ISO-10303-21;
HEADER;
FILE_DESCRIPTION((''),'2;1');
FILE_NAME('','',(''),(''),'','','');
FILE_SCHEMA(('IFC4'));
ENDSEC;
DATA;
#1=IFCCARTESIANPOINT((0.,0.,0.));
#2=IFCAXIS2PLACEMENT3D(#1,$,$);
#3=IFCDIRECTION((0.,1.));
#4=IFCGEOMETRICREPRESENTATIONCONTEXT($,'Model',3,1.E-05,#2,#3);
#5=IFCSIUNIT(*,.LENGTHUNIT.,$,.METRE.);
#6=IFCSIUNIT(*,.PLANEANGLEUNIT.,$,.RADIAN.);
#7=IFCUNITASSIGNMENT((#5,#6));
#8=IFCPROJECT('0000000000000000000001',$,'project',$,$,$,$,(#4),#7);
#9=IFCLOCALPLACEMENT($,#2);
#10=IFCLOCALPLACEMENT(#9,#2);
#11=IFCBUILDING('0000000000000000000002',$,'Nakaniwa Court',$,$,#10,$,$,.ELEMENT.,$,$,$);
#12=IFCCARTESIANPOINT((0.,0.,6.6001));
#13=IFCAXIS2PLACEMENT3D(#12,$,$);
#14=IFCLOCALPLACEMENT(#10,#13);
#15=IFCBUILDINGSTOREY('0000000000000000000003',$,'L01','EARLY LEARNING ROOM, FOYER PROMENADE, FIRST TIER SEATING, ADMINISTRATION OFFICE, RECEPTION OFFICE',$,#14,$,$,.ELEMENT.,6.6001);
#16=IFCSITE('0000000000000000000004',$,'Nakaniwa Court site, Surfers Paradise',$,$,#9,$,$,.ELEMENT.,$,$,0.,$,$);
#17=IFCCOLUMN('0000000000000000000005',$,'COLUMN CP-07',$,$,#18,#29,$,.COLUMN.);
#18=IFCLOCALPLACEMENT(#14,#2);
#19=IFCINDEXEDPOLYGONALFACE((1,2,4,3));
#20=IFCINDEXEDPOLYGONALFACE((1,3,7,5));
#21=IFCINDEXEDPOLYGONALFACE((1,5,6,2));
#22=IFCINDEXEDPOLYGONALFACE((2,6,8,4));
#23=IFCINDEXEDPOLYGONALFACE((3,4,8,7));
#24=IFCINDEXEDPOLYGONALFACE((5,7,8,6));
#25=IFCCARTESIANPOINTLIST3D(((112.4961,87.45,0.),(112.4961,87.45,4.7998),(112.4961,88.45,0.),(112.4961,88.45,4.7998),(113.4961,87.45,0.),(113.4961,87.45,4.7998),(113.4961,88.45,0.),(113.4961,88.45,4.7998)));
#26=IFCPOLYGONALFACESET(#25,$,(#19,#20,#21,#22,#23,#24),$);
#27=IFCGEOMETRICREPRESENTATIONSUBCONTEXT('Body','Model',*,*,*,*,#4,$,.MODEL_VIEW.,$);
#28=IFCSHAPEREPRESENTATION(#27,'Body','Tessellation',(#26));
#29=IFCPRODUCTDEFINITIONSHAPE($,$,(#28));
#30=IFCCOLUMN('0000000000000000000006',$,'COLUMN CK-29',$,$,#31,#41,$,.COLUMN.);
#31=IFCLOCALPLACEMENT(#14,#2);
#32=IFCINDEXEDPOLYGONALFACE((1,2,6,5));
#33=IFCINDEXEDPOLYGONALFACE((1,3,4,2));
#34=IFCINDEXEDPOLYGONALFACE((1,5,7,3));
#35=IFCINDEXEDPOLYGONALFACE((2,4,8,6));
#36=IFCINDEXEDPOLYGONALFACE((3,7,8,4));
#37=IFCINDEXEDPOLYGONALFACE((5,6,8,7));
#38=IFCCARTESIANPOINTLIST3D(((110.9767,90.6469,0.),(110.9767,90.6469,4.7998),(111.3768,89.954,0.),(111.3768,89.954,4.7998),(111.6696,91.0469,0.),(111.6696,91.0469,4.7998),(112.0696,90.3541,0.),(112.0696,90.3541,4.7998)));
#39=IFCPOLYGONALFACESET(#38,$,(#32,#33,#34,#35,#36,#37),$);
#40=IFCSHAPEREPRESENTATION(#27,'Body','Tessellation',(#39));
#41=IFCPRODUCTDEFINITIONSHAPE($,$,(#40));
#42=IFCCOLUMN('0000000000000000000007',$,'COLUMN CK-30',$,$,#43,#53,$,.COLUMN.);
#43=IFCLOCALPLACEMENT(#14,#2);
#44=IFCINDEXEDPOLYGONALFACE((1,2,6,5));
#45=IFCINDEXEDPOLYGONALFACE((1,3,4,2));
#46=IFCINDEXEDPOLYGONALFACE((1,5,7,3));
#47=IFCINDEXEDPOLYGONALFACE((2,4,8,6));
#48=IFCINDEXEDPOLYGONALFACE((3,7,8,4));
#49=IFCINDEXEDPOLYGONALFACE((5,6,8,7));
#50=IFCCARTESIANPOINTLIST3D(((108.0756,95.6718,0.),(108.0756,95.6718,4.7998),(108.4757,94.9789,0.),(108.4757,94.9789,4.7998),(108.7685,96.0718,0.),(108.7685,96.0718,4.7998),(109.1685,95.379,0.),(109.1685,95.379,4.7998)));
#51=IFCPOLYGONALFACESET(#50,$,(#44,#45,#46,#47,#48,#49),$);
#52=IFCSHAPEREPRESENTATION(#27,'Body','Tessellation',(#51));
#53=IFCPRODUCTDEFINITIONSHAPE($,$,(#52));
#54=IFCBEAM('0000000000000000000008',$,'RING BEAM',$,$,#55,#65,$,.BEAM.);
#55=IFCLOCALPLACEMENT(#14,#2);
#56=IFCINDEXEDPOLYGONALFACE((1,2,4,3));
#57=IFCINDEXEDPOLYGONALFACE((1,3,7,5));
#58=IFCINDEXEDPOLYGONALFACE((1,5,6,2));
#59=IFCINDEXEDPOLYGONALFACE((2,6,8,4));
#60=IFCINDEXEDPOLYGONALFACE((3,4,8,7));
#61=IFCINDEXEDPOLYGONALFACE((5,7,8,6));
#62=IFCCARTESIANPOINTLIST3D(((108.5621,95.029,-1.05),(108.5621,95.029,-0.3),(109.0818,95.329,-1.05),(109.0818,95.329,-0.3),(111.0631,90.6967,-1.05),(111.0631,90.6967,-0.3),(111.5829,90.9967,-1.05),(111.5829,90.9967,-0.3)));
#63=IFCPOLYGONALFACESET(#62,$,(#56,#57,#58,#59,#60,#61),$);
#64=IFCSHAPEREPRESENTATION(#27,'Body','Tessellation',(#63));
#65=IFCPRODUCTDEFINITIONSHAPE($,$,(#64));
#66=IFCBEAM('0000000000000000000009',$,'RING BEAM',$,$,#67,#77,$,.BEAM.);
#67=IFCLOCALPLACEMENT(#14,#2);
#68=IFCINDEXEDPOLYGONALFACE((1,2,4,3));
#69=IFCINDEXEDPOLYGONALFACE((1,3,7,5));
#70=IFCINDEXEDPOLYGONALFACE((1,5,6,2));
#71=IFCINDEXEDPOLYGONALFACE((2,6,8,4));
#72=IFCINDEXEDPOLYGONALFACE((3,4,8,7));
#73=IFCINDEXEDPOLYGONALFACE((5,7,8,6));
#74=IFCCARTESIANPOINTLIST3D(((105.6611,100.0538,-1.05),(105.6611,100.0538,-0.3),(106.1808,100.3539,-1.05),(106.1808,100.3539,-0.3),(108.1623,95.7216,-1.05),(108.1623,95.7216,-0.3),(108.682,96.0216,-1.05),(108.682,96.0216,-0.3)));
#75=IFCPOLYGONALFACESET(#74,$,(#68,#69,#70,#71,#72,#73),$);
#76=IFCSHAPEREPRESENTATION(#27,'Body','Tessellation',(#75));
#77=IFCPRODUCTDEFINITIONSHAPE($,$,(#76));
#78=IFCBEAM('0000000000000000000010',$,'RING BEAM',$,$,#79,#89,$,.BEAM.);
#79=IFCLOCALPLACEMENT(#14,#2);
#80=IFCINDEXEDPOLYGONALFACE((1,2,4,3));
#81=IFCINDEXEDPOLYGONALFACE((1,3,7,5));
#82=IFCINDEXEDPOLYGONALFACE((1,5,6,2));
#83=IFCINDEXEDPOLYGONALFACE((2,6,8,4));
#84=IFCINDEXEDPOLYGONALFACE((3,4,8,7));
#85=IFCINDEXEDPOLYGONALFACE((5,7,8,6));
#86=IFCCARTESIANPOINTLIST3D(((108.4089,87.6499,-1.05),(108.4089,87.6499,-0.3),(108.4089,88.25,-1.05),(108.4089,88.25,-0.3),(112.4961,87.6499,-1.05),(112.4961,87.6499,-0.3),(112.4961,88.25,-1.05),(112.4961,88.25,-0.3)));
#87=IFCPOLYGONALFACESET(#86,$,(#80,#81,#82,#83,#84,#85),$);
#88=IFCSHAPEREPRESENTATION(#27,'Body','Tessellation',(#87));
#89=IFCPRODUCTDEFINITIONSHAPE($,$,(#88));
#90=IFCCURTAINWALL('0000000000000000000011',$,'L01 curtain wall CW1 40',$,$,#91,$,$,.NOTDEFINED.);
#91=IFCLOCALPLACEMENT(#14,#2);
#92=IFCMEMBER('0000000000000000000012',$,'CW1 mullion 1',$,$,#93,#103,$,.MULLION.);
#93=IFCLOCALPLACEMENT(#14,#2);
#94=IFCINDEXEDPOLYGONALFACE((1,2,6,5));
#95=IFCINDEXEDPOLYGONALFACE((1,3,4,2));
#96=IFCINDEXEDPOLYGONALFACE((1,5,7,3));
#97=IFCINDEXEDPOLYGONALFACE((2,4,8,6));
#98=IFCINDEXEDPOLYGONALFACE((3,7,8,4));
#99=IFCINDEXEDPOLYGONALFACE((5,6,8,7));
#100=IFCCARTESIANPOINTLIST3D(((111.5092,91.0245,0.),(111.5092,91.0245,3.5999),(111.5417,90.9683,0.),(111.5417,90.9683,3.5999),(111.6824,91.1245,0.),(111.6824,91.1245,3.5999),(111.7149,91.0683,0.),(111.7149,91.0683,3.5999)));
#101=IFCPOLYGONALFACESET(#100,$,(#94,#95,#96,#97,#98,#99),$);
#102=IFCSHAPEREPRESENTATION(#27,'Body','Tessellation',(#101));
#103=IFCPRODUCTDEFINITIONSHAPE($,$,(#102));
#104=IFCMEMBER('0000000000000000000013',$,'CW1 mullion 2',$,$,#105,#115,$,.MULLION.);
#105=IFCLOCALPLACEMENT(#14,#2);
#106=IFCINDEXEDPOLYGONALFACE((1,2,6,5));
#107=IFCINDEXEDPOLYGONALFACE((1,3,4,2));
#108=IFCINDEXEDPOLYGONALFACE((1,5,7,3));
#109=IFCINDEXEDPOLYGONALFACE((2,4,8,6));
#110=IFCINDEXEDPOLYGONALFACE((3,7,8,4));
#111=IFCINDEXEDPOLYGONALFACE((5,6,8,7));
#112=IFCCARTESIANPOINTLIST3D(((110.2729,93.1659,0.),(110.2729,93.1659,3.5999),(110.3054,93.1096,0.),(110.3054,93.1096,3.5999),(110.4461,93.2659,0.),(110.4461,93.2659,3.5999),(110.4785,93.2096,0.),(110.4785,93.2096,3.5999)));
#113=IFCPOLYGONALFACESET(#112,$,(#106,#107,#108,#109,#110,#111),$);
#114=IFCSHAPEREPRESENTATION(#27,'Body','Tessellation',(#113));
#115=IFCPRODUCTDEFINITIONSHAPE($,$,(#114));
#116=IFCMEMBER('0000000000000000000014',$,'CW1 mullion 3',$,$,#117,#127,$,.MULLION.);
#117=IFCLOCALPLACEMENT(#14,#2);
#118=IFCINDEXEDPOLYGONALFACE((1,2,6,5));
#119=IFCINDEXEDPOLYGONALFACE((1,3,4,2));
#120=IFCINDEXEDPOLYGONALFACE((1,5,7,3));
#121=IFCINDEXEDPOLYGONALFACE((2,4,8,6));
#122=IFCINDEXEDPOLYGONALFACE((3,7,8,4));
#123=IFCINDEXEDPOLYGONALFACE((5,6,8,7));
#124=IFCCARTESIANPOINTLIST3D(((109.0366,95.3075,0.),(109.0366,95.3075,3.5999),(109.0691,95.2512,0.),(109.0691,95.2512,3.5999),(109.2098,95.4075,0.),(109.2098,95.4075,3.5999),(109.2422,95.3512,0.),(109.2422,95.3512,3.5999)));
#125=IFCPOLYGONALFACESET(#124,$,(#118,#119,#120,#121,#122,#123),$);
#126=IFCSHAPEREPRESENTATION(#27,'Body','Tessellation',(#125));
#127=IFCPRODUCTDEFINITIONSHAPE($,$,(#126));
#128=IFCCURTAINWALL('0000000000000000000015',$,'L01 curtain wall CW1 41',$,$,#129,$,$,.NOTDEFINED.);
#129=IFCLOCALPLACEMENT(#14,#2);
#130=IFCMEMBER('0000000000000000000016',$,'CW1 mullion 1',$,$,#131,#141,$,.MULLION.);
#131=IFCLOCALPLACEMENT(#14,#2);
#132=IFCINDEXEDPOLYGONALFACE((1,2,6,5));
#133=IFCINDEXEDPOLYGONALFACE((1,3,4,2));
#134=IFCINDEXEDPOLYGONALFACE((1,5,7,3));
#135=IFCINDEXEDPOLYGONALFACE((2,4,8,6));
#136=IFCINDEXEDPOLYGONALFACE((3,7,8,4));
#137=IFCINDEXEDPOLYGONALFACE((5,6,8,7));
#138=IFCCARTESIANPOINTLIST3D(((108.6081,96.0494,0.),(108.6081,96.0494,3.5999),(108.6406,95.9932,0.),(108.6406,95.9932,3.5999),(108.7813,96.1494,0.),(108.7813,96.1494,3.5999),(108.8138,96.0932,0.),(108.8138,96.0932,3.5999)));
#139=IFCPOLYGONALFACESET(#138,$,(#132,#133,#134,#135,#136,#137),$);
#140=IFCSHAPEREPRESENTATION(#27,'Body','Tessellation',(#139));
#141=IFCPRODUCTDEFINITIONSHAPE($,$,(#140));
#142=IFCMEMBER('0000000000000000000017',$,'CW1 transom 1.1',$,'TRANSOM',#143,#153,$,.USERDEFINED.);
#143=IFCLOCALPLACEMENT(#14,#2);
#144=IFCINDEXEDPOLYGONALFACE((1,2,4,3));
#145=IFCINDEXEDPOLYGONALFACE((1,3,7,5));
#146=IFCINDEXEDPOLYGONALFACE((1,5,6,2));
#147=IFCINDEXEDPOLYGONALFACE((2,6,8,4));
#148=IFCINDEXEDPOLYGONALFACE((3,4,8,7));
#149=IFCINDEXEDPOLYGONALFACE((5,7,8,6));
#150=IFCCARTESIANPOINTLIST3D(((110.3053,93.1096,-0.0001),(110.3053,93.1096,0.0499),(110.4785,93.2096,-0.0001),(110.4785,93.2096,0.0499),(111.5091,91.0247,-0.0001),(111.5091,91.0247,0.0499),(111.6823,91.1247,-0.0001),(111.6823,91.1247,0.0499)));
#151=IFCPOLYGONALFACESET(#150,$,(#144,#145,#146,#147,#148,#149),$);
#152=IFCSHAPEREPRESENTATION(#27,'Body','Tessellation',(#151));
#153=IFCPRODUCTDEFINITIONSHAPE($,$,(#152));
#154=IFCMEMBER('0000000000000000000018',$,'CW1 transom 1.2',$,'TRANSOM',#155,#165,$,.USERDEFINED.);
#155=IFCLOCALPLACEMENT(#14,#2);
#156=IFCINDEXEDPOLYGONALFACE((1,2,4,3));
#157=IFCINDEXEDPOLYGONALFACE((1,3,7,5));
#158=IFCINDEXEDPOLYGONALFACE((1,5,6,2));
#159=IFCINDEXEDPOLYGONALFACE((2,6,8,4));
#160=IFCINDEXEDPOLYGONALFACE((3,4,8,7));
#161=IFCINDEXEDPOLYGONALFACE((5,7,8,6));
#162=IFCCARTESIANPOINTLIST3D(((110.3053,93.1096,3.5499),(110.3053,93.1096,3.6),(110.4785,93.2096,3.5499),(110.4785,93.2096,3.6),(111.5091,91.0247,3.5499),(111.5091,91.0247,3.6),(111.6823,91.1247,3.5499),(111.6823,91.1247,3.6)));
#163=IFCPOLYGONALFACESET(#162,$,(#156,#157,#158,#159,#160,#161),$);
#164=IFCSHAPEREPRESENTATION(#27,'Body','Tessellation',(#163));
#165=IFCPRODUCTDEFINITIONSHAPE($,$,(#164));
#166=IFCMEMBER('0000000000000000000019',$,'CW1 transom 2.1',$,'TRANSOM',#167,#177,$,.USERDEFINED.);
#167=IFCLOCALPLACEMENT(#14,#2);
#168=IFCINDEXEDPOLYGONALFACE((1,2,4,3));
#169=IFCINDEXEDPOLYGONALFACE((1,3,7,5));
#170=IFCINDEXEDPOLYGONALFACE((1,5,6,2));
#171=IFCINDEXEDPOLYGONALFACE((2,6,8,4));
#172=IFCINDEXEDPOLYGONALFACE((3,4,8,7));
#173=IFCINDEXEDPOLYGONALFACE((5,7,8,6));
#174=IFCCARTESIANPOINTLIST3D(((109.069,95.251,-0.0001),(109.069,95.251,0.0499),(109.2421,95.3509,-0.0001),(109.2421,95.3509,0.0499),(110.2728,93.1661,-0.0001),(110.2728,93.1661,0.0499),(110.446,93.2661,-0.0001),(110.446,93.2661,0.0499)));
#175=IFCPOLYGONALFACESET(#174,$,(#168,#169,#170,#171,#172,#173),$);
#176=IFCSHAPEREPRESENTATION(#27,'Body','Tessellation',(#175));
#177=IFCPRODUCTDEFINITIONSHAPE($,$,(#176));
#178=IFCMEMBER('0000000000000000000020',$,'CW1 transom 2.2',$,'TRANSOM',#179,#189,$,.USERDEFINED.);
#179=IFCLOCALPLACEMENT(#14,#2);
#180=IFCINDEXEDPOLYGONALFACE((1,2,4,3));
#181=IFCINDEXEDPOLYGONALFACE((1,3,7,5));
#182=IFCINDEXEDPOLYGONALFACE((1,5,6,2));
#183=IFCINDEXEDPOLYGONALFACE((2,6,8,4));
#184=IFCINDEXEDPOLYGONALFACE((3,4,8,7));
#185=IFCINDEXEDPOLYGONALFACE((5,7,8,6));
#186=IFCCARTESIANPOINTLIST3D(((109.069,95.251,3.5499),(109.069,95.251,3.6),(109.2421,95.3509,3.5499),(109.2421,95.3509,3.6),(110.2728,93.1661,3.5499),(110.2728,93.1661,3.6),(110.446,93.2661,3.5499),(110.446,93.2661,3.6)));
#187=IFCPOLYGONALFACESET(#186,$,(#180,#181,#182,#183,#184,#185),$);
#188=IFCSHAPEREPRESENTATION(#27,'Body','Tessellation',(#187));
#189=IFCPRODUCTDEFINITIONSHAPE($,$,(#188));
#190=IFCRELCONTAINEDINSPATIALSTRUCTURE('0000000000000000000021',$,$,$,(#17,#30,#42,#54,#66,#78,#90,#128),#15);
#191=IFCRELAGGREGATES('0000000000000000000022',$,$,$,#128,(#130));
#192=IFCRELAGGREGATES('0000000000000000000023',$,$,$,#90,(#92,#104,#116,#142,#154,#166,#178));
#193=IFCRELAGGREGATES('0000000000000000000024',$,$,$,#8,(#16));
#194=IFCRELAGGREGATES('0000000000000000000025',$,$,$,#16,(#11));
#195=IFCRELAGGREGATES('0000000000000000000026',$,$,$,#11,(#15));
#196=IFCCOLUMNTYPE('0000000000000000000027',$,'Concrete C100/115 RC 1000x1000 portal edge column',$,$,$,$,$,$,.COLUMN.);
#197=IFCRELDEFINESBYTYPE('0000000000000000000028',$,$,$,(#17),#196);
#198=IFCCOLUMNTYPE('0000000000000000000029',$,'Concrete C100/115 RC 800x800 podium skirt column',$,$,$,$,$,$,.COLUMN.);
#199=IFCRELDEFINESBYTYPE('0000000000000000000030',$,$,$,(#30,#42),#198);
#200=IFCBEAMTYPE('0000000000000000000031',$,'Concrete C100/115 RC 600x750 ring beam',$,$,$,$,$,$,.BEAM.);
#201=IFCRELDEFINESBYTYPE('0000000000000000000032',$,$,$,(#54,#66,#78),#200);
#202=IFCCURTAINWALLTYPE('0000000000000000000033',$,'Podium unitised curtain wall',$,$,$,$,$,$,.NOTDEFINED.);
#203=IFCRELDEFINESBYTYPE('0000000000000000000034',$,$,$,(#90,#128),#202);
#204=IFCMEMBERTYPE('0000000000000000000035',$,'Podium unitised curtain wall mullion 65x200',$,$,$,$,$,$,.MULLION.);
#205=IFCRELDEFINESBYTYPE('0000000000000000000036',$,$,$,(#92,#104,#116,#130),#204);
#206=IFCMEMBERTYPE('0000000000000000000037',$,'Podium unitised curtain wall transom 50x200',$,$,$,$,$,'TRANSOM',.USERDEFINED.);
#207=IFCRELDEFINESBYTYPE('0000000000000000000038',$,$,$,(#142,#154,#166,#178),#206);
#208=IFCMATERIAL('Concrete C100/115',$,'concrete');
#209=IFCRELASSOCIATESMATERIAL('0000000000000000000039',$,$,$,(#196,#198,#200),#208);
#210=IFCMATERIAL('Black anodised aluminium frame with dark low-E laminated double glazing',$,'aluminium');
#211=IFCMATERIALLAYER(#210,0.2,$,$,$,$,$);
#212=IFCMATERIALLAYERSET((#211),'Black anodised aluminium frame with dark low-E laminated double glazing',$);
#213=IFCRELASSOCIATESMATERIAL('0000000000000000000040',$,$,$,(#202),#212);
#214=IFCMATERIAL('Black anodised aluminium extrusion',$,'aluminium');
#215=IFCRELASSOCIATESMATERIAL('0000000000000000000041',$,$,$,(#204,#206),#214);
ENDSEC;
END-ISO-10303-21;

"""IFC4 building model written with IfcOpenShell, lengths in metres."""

from ifc_helpers import new_model, si_unit, direction, frame, origin, origin_2d, place, context, subcontext, project, spatial, rectangle, extrude, material, layer, layer_set, material_profile, profile_set, type_object, element, aggregate, save


model = new_model("IFC4")

# Units and contexts
model_context = context("Model", 3, precision=1e-05, world=origin(), true_north=direction((0.0, 1.0)))
body_context = subcontext(model_context, "Body", "Model", "MODEL_VIEW")
ifc_project = project(units=[si_unit("LENGTHUNIT", "METRE"), si_unit("PLANEANGLEUNIT", "RADIAN")], contexts=[model_context])

# Site, building, storey
site_placement = place(None, origin())
site = spatial("IfcSite", under=ifc_project, at=site_placement, Name="Nakaniwa Court site, Surfers Paradise", CompositionType="ELEMENT", RefElevation=0.0)
building_placement = place(site_placement, origin())
building = spatial("IfcBuilding", under=site, at=building_placement, Name="Nakaniwa Court", CompositionType="ELEMENT")
storey_placement = place(building_placement, frame((0.0, 0.0, 6.6001)))
storey = spatial("IfcBuildingStorey", under=building, at=storey_placement, Name="L01", Description="EARLY LEARNING ROOM, FOYER PROMENADE, FIRST TIER SEATING, ADMINISTRATION OFFICE, RECEPTION OFFICE", CompositionType="ELEMENT", Elevation=6.6001)

# Columns
ifc_material_1 = material(Name="Concrete C100/115", Category="concrete")
ifc_material_profile_1 = material_profile(ifc_material_1, rectangle(XDim=1.0, YDim=1.0, at=origin_2d()), Name="Concrete C100/115 RC 1000x1000 portal edge column")
ifc_profile_set_1 = profile_set([ifc_material_profile_1], Name="Concrete C100/115")
column_type_1 = type_object("IfcColumnType", Name="Concrete C100/115 RC 1000x1000 portal edge column", PredefinedType="COLUMN", material=ifc_profile_set_1)
column_placement = place(storey_placement, frame((112.9961, 87.95, 0.0), z_axis=(0.0, 0.0, 1.0), x_axis=(1.0, 0.0, 0.0)))
element("IfcColumn", 1, at=column_placement, inside=storey, type_object=column_type_1, Name="COLUMN CP-07", PredefinedType="COLUMN", context=body_context, shape_type="SweptSolid", body=[
    extrude(rectangle(XDim=1.0, YDim=1.0, at=origin_2d()), origin(), (0.0, 0.0, 1.0), 4.7998),
])
ifc_material_profile_2 = material_profile(ifc_material_1, rectangle(XDim=0.8, YDim=0.8, at=origin_2d()), Name="Concrete C100/115 RC 800x800 podium skirt column")
ifc_profile_set_2 = profile_set([ifc_material_profile_2], Name="Concrete C100/115")
column_type_2 = type_object("IfcColumnType", Name="Concrete C100/115 RC 800x800 podium skirt column", PredefinedType="COLUMN", material=ifc_profile_set_2)
for number, where, z_axis, x_axis, name in (
    (2, (111.5232, 90.5005, 0.0), (0.0, 0.0, 1.0), (-0.5, 0.866025, 0.0), "COLUMN CK-29"),
    (3, (108.6221, 95.5254, 0.0), (0.0, 0.0, 1.0), (-0.5, 0.866025, 0.0), "COLUMN CK-30"),
):
    element("IfcColumn", number, at=place(storey_placement, frame(where, z_axis=z_axis, x_axis=x_axis)), inside=storey, type_object=column_type_2, Name=name, PredefinedType="COLUMN", context=body_context, shape_type="SweptSolid", body=[
        extrude(rectangle(XDim=0.8, YDim=0.8, at=origin_2d()), origin(), (0.0, 0.0, 1.0), 4.7998),
    ])

# Beams
ifc_material_profile_3 = material_profile(ifc_material_1, rectangle(XDim=0.6001, YDim=0.75, at=origin_2d()), Name="Concrete C100/115 RC 600x750 ring beam")
ifc_profile_set_3 = profile_set([ifc_material_profile_3], Name="Concrete C100/115")
beam_type = type_object("IfcBeamType", Name="Concrete C100/115 RC 600x750 ring beam", PredefinedType="BEAM", material=ifc_profile_set_3)
for number, where, z_axis, x_axis, name in (
    (4, (111.323, 90.8467, -0.675), (-0.49996, 0.866048, 0.0), (-0.866048, -0.49996, 0.0), "RING BEAM"),
    (5, (108.4221, 95.8716, -0.675), (-0.499997, 0.866027, 0.0), (-0.866027, -0.499997, 0.0), "RING BEAM"),
):
    element("IfcBeam", number, at=place(storey_placement, frame(where, z_axis=z_axis, x_axis=x_axis)), inside=storey, type_object=beam_type, Name=name, PredefinedType="BEAM", context=body_context, shape_type="SweptSolid", body=[
        extrude(rectangle(XDim=0.6001, YDim=0.75, at=origin_2d()), origin(), (0.0, 0.0, 1.0), 5.0024),
    ])
beam_placement = place(storey_placement, frame((108.4089, 87.95, -0.675), z_axis=(1.0, 0.0, 0.0), x_axis=(0.0, 1.0, 0.0)))
element("IfcBeam", 6, at=beam_placement, inside=storey, type_object=beam_type, Name="RING BEAM", PredefinedType="BEAM", context=body_context, shape_type="SweptSolid", body=[
    extrude(rectangle(XDim=0.6001, YDim=0.75, at=origin_2d()), origin(), (0.0, 0.0, 1.0), 4.0872),
])

# Curtain wall, members
ifc_material_2 = material(Name="Black anodised aluminium frame with dark low-E laminated double glazing", Category="aluminium")
ifc_layer_1 = layer(ifc_material_2, 0.2)
ifc_layer_set_1 = layer_set([ifc_layer_1], Name="Black anodised aluminium frame with dark low-E laminated double glazing")
curtain_wall_type_1 = type_object("IfcCurtainWallType", Name="Podium unitised curtain wall", PredefinedType="NOTDEFINED", material=ifc_layer_set_1)
curtain_wall_1_placement = place(storey_placement, origin())
curtain_wall_1 = element("IfcCurtainWall", 7, at=curtain_wall_1_placement, inside=storey, type_object=curtain_wall_type_1, Name="L01 curtain wall CW1 40", PredefinedType="NOTDEFINED")
ifc_material_3 = material(Name="Black anodised aluminium extrusion", Category="aluminium")
ifc_material_profile_4 = material_profile(ifc_material_3, rectangle(XDim=0.2, YDim=0.0649, at=origin_2d()), Name="Podium unitised curtain wall mullion 65x200")
ifc_profile_set_4 = profile_set([ifc_material_profile_4], Name="Black anodised aluminium extrusion")
member_type_1 = type_object("IfcMemberType", Name="Podium unitised curtain wall mullion 65x200", PredefinedType="MULLION", material=ifc_profile_set_4)
member_1_placement = place(storey_placement, frame((111.6121, 91.0464, 0.0), z_axis=(0.0, 0.0, 1.0), x_axis=(-0.866032, -0.499988, 0.0)))
member_1 = element("IfcMember", 8, at=member_1_placement, type_object=member_type_1, Name="CW1 mullion 1", PredefinedType="MULLION", context=body_context, shape_type="SweptSolid", body=[
    extrude(rectangle(XDim=0.2, YDim=0.0649, at=origin_2d()), origin(), (0.0, 0.0, 1.0), 3.5999),
])
member_2_placement = place(storey_placement, frame((110.3757, 93.1877, 0.0), z_axis=(0.0, 0.0, 1.0), x_axis=(-0.866032, -0.499988, 0.0)))
member_2 = element("IfcMember", 9, at=member_2_placement, type_object=member_type_1, Name="CW1 mullion 2", PredefinedType="MULLION", context=body_context, shape_type="SweptSolid", body=[
    extrude(rectangle(XDim=0.2, YDim=0.0649, at=origin_2d()), origin(), (0.0, 0.0, 1.0), 3.5999),
])
member_3_placement = place(storey_placement, frame((109.1394, 95.3293, 0.0), z_axis=(0.0, 0.0, 1.0), x_axis=(-0.866032, -0.499988, 0.0)))
member_3 = element("IfcMember", 10, at=member_3_placement, type_object=member_type_1, Name="CW1 mullion 3", PredefinedType="MULLION", context=body_context, shape_type="SweptSolid", body=[
    extrude(rectangle(XDim=0.2, YDim=0.0649, at=origin_2d()), origin(), (0.0, 0.0, 1.0), 3.5999),
])

# Curtain wall, member
curtain_wall_2_placement = place(storey_placement, origin())
curtain_wall_2 = element("IfcCurtainWall", 11, at=curtain_wall_2_placement, inside=storey, type_object=curtain_wall_type_1, Name="L01 curtain wall CW1 41", PredefinedType="NOTDEFINED")
member_4_placement = place(storey_placement, frame((108.7109, 96.0713, 0.0), z_axis=(0.0, 0.0, 1.0), x_axis=(-0.866029, -0.499994, 0.0)))
member_4 = element("IfcMember", 12, at=member_4_placement, type_object=member_type_1, Name="CW1 mullion 1", PredefinedType="MULLION", context=body_context, shape_type="SweptSolid", body=[
    extrude(rectangle(XDim=0.2, YDim=0.0649, at=origin_2d()), origin(), (0.0, 0.0, 1.0), 3.5999),
])

# Members
ifc_material_profile_5 = material_profile(ifc_material_3, rectangle(XDim=0.2, YDim=0.05, at=origin_2d()), Name="Podium unitised curtain wall transom 50x200")
ifc_profile_set_5 = profile_set([ifc_material_profile_5], Name="Black anodised aluminium extrusion")
member_type_2 = type_object("IfcMemberType", Name="Podium unitised curtain wall transom 50x200", ElementType="TRANSOM", PredefinedType="USERDEFINED", material=ifc_profile_set_5)
member_5_placement = place(storey_placement, frame((111.5957, 91.0747, 0.0249), z_axis=(-0.500033, 0.866007, 0.0), x_axis=(-0.866007, -0.500033, 0.0)))
member_5 = element("IfcMember", 13, at=member_5_placement, type_object=member_type_2, Name="CW1 transom 1.1", ObjectType="TRANSOM", PredefinedType="USERDEFINED", context=body_context, shape_type="SweptSolid", body=[
    extrude(rectangle(XDim=0.2, YDim=0.05, at=origin_2d()), origin(), (0.0, 0.0, 1.0), 2.4075),
])
member_6_placement = place(storey_placement, frame((111.5957, 91.0747, 3.575), z_axis=(-0.500033, 0.866007, 0.0), x_axis=(-0.866007, -0.500033, 0.0)))
member_6 = element("IfcMember", 14, at=member_6_placement, type_object=member_type_2, Name="CW1 transom 1.2", ObjectType="TRANSOM", PredefinedType="USERDEFINED", context=body_context, shape_type="SweptSolid", body=[
    extrude(rectangle(XDim=0.2, YDim=0.05, at=origin_2d()), origin(), (0.0, 0.0, 1.0), 2.4075),
])
member_7_placement = place(storey_placement, frame((110.3594, 93.2161, 0.0249), z_axis=(-0.500033, 0.866007, 0.0), x_axis=(-0.866007, -0.500033, 0.0)))
member_7 = element("IfcMember", 15, at=member_7_placement, type_object=member_type_2, Name="CW1 transom 2.1", ObjectType="TRANSOM", PredefinedType="USERDEFINED", context=body_context, shape_type="SweptSolid", body=[
    extrude(rectangle(XDim=0.2, YDim=0.05, at=origin_2d()), origin(), (0.0, 0.0, 1.0), 2.4075),
])
member_8_placement = place(storey_placement, frame((110.3594, 93.2161, 3.575), z_axis=(-0.500033, 0.866007, 0.0), x_axis=(-0.866007, -0.500033, 0.0)))
member_8 = element("IfcMember", 16, at=member_8_placement, type_object=member_type_2, Name="CW1 transom 2.2", ObjectType="TRANSOM", PredefinedType="USERDEFINED", context=body_context, shape_type="SweptSolid", body=[
    extrude(rectangle(XDim=0.2, YDim=0.05, at=origin_2d()), origin(), (0.0, 0.0, 1.0), 2.4075),
])
aggregate(curtain_wall_2, [member_4])

aggregate(curtain_wall_1, [member_1, member_2, member_3, member_5, member_6, member_7, member_8])

save(model, "model.ifc")
